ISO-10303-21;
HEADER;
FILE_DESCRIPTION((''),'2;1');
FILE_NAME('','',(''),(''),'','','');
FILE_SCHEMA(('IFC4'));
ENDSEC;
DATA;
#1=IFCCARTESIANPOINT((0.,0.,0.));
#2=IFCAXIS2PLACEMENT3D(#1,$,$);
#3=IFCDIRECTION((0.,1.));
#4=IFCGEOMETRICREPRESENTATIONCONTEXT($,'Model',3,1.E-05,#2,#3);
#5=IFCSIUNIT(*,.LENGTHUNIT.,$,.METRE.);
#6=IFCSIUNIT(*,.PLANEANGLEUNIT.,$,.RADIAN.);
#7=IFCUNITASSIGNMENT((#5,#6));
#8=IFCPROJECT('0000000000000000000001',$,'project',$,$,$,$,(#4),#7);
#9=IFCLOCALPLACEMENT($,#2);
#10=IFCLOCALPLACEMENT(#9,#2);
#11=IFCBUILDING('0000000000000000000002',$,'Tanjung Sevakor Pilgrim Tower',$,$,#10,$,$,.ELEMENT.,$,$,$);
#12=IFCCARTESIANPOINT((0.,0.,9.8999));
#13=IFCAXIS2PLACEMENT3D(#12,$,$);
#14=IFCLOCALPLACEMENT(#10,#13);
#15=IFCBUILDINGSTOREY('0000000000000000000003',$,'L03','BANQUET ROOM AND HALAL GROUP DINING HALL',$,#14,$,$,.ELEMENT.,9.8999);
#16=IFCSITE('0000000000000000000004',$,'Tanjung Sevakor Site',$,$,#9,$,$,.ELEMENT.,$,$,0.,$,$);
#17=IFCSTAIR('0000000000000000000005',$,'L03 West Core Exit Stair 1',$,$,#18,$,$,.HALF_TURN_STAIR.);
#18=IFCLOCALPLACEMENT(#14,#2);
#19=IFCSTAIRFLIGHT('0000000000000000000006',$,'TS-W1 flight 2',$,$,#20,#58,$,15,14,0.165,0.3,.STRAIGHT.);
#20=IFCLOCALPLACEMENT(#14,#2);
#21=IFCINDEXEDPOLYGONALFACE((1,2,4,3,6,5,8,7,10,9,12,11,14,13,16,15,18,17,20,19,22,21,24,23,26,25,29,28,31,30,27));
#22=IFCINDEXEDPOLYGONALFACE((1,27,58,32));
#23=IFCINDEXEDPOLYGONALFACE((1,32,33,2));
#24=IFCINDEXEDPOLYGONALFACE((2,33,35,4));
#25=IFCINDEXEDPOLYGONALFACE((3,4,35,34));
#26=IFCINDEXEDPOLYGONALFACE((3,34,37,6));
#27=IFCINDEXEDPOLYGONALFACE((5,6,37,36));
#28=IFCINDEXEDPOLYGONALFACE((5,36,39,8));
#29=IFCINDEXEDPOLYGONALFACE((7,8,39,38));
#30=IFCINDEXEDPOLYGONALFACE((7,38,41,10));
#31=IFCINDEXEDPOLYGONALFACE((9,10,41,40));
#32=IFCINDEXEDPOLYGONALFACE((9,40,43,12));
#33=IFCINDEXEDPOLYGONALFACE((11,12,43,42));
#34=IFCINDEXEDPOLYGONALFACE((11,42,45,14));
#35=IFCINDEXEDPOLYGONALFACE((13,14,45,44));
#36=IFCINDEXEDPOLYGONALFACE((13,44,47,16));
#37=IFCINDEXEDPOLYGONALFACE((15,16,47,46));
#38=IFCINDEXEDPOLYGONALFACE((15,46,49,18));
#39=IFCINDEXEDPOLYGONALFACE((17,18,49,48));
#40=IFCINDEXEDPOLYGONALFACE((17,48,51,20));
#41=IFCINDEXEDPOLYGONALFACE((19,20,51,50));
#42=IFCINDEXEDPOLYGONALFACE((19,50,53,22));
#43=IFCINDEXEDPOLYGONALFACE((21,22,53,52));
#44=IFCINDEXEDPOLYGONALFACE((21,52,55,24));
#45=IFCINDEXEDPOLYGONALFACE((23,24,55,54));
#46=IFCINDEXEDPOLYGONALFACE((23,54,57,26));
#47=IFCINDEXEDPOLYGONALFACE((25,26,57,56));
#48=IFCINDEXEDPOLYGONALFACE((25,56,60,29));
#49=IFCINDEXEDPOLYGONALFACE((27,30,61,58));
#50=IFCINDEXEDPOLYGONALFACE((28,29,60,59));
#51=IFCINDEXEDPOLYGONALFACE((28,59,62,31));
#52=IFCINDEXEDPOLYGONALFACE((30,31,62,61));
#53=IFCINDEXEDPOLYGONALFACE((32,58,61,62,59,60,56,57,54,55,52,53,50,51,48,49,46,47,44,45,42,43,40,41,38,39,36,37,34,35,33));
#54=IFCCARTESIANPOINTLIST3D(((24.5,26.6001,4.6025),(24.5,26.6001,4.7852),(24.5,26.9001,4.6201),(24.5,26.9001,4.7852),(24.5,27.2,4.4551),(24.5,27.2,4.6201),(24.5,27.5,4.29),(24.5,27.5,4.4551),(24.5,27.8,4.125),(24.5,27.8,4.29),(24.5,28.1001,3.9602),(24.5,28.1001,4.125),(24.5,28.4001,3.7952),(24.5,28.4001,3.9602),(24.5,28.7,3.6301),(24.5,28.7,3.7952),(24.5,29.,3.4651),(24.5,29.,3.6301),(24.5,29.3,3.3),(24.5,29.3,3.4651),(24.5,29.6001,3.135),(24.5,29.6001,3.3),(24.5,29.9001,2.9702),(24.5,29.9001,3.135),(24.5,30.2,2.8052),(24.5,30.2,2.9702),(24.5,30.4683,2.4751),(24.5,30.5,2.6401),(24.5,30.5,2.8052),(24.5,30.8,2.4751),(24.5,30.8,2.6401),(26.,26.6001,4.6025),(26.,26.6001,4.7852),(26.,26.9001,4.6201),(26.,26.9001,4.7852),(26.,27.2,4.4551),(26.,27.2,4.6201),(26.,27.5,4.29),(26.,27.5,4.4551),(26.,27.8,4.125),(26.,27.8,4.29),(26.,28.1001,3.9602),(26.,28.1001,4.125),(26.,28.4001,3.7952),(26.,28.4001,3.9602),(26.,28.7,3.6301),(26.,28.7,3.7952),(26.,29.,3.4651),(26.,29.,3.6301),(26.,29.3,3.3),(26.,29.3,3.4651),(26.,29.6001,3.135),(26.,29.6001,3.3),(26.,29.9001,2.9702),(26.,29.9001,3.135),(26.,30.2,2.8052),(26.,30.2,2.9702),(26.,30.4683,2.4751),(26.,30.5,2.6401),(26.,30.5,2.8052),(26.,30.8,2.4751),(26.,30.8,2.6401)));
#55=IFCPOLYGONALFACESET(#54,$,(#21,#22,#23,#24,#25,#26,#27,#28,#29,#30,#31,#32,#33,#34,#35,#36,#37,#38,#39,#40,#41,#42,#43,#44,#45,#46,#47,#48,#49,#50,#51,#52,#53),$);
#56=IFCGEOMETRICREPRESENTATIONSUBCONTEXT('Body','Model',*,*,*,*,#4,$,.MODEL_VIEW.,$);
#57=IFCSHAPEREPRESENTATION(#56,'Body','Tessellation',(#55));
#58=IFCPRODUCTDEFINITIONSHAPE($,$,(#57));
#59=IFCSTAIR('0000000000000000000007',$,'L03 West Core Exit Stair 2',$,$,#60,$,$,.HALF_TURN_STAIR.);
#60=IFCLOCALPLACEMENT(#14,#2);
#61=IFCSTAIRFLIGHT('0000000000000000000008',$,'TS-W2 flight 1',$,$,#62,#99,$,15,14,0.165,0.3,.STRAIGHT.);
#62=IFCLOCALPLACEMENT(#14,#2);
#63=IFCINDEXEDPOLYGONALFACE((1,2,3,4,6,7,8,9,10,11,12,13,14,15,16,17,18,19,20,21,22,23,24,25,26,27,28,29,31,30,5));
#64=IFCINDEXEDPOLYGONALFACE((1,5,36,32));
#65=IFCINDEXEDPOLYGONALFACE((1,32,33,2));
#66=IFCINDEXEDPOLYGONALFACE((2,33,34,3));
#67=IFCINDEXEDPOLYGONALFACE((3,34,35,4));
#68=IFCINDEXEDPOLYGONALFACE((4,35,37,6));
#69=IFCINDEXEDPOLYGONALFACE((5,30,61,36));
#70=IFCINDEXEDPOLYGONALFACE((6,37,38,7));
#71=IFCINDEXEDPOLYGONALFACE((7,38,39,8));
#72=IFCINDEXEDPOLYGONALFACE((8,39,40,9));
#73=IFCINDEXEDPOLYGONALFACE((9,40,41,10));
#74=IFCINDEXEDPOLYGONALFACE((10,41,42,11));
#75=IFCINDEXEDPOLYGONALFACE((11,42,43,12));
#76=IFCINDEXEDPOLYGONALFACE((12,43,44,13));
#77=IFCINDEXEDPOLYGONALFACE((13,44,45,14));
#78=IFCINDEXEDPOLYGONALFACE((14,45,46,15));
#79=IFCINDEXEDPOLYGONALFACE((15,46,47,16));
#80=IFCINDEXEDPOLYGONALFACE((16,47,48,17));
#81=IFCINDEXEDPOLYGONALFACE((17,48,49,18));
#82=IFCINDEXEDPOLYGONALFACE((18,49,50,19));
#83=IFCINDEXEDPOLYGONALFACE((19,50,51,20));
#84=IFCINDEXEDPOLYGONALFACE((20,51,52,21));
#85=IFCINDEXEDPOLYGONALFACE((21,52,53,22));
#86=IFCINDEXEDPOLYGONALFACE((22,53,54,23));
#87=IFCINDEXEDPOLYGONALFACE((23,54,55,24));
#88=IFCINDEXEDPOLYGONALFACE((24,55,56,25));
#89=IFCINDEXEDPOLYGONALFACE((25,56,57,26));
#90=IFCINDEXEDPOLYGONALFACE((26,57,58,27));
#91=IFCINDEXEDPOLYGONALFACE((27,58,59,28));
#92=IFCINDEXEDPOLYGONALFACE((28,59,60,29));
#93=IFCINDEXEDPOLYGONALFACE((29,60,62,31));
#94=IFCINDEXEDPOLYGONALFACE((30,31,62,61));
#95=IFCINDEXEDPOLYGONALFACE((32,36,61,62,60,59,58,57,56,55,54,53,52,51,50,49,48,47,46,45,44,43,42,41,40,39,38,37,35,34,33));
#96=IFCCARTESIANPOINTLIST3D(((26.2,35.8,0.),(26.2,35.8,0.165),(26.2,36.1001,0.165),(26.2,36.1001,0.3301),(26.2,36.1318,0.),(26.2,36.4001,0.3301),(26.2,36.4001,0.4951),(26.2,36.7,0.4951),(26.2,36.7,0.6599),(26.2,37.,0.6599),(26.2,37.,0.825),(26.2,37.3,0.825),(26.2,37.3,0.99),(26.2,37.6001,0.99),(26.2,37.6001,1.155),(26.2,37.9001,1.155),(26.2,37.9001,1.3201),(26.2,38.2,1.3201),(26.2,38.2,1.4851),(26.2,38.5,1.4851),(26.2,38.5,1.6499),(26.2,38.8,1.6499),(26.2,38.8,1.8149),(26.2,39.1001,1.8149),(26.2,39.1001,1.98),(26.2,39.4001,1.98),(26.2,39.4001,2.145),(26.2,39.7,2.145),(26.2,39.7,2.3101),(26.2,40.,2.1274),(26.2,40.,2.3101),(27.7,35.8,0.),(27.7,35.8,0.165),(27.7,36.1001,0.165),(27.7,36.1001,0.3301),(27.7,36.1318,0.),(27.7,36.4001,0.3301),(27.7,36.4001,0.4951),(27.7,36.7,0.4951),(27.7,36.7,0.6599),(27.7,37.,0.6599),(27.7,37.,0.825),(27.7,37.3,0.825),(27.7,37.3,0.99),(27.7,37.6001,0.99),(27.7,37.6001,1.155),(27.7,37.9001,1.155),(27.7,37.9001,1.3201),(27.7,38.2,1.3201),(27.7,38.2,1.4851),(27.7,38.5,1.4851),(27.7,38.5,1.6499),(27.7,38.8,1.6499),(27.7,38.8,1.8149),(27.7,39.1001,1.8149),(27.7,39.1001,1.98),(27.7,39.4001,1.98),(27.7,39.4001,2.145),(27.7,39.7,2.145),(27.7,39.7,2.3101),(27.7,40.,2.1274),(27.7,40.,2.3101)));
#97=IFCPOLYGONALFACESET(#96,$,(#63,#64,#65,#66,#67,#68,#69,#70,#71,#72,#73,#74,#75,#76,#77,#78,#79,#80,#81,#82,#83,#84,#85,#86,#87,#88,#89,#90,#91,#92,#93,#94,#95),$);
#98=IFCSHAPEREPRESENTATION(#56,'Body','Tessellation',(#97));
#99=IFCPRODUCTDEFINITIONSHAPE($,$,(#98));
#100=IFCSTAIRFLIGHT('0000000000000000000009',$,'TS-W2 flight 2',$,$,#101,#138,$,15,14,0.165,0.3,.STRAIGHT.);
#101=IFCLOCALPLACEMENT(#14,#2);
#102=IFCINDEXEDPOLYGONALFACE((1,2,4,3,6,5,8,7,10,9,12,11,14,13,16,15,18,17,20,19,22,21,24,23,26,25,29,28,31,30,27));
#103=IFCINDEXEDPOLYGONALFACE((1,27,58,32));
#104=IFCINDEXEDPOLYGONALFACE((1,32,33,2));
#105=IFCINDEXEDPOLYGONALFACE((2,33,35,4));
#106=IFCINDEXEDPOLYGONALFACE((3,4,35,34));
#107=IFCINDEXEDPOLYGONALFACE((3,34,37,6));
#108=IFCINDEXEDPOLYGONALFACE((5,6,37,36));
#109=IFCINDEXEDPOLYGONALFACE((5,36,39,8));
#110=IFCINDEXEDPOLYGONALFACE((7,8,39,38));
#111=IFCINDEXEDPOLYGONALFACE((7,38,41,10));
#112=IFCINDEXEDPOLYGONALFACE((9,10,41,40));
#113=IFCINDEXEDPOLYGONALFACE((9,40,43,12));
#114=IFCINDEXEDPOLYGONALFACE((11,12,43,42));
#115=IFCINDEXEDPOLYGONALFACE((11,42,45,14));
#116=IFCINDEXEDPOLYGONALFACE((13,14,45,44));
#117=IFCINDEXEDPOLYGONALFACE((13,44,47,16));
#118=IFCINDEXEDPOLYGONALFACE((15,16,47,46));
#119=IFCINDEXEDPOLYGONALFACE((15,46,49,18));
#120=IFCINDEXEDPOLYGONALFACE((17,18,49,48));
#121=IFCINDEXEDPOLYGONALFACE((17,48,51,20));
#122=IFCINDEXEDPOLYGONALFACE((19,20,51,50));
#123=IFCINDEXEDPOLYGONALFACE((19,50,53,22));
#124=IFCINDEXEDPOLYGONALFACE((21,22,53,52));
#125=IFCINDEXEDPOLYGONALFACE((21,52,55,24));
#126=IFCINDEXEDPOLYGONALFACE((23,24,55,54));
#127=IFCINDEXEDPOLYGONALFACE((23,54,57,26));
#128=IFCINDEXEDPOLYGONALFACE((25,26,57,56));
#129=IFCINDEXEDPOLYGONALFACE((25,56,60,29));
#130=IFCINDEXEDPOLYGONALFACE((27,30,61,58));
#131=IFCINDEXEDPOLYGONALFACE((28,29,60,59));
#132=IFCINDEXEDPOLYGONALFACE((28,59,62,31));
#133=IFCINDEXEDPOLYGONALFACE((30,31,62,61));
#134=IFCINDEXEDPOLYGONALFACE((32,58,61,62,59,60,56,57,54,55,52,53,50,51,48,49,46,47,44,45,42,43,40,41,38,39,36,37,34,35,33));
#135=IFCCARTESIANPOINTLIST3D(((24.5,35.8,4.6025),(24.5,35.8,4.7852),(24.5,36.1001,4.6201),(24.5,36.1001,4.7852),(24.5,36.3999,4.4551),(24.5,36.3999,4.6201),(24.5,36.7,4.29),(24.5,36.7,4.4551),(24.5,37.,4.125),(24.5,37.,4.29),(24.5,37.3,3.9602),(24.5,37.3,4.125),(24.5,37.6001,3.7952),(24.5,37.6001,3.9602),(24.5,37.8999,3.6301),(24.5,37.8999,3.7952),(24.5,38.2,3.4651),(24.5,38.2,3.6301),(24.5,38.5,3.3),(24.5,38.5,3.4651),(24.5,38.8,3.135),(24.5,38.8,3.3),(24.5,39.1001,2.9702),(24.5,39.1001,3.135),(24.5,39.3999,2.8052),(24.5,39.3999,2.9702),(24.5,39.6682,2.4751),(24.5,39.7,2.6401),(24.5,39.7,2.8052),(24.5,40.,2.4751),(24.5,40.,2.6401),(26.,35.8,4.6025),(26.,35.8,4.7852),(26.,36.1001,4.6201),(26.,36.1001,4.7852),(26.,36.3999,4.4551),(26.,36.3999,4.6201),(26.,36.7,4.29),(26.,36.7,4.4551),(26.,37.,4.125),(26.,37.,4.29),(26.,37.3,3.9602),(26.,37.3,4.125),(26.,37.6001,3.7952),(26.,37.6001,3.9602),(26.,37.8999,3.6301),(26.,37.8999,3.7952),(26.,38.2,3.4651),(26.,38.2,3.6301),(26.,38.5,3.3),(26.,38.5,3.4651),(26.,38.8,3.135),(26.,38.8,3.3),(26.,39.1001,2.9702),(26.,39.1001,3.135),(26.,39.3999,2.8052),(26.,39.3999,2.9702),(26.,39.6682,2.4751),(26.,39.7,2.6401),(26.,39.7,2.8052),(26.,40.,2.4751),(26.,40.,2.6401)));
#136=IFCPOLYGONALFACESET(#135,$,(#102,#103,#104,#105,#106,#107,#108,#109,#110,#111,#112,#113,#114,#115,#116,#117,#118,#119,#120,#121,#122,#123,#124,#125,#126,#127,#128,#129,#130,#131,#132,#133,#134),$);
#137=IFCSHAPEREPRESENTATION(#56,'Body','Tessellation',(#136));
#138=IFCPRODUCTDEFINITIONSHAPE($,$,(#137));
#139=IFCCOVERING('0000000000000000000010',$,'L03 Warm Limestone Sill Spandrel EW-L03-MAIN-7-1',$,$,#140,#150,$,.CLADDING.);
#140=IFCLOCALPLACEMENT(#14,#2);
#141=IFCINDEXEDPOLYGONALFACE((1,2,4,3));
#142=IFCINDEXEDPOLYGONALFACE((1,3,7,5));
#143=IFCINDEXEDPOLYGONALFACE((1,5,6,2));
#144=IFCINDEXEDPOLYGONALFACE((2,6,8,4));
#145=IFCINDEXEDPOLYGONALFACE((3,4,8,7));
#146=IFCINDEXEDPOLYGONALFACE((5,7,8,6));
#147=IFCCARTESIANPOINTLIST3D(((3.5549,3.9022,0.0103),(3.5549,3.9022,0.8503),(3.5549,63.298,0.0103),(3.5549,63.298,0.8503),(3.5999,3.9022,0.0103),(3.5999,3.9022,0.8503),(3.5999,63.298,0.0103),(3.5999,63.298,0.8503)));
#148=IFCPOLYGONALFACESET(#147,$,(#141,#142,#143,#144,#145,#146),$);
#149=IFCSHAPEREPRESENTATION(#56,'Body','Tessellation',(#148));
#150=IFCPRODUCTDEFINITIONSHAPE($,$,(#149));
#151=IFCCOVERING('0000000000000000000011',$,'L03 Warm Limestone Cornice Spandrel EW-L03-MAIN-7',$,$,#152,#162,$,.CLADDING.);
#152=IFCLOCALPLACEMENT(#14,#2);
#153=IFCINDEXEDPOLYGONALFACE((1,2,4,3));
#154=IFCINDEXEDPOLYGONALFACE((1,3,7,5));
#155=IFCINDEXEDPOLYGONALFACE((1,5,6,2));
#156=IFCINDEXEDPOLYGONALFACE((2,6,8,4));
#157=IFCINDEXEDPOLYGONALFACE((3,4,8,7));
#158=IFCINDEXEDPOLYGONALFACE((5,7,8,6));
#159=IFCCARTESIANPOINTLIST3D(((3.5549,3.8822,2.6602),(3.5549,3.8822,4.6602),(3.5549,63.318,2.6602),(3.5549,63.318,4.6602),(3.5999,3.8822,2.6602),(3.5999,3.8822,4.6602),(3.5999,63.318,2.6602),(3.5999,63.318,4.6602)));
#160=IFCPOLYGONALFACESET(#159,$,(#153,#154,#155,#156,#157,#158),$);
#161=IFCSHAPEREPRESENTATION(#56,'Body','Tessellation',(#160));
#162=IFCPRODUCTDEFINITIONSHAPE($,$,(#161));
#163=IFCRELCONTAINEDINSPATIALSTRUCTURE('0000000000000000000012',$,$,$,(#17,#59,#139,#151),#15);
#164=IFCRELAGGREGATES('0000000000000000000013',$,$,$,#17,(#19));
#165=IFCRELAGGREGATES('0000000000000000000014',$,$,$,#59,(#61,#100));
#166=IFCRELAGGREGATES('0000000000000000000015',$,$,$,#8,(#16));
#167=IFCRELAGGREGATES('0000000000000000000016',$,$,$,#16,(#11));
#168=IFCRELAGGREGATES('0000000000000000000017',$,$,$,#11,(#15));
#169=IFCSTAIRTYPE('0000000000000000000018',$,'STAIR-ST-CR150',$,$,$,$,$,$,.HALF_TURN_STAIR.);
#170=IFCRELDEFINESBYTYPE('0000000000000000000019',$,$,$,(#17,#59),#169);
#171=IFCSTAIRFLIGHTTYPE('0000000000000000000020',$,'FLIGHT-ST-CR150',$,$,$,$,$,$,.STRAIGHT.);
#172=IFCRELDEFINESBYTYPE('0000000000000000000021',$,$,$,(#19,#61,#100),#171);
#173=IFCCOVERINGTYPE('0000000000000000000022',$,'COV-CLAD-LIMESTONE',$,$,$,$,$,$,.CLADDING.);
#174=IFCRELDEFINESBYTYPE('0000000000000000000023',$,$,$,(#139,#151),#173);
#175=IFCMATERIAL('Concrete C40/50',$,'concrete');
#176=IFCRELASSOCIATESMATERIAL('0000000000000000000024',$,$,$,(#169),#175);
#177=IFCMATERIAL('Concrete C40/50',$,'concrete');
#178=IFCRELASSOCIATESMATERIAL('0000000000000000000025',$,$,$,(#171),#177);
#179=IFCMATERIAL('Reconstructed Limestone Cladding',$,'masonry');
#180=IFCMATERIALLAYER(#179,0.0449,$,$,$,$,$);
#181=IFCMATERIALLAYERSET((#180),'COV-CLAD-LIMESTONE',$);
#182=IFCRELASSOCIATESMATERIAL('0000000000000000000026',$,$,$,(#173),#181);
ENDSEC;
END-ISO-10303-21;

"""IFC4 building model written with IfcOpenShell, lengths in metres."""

from ifc_helpers import new_model, si_unit, direction, frame, origin, origin_2d, place, context, subcontext, project, spatial, polyline, rectangle, outline, extrude, material, layer, layer_set, type_object, element, aggregate, save


model = new_model("IFC4")

# Units and contexts
model_context = context("Model", 3, precision=1e-05, world=origin(), true_north=direction((0.0, 1.0)))
body_context = subcontext(model_context, "Body", "Model", "MODEL_VIEW")
ifc_project = project(units=[si_unit("LENGTHUNIT", "METRE"), si_unit("PLANEANGLEUNIT", "RADIAN")], contexts=[model_context])

# Site, building, storey
site_placement = place(None, origin())
site = spatial("IfcSite", under=ifc_project, at=site_placement, Name="Tanjung Sevakor Site", CompositionType="ELEMENT", RefElevation=0.0)
building_placement = place(site_placement, origin())
building = spatial("IfcBuilding", under=site, at=building_placement, Name="Tanjung Sevakor Pilgrim Tower", CompositionType="ELEMENT")
storey_placement = place(building_placement, frame((0.0, 0.0, 9.8999)))
storey = spatial("IfcBuildingStorey", under=building, at=storey_placement, Name="L03", Description="BANQUET ROOM AND HALAL GROUP DINING HALL", CompositionType="ELEMENT", Elevation=9.8999)

# Stairs, stair flights
ifc_material_1 = material(Name="Concrete C40/50", Category="concrete")
stair_type = type_object("IfcStairType", Name="STAIR-ST-CR150", PredefinedType="HALF_TURN_STAIR", material=ifc_material_1)
stair_1_placement = place(storey_placement, origin())
stair_1 = element("IfcStair", 1, at=stair_1_placement, inside=storey, type_object=stair_type, Name="L03 West Core Exit Stair 1", PredefinedType="HALF_TURN_STAIR")
ifc_material_2 = material(Name="Concrete C40/50", Category="concrete")
stair_flight_type = type_object("IfcStairFlightType", Name="FLIGHT-ST-CR150", PredefinedType="STRAIGHT", material=ifc_material_2)
stair_flight_1_placement = place(storey_placement, frame((25.25, 30.8, 2.4751), z_axis=(0.0, 0.0, 1.0), x_axis=(0.0, -1.0, 0.0)))
stair_flight_1 = element("IfcStairFlight", 2, at=stair_flight_1_placement, type_object=stair_flight_type, Name="TS-W1 flight 2", NumberOfRisers=15, NumberOfTreads=14, PredefinedType="STRAIGHT", RiserHeight=0.165, TreadLength=0.3, context=body_context, shape_type="SweptSolid", body=[
    extrude(outline(polyline([(0.0, 0.0), (0.0, 0.165), (0.3, 0.165), (0.3, 0.3301), (0.6001, 0.3301), (0.6001, 0.4951), (0.8999, 0.4951), (0.8999, 0.6599), (1.2, 0.6599), (1.2, 0.825), (1.5, 0.825), (1.5, 0.99), (1.8, 0.99), (1.8, 1.155), (2.1001, 1.155), (2.1001, 1.3201), (2.3999, 1.3201), (2.3999, 1.4851), (2.7, 1.4851), (2.7, 1.6499), (3.0, 1.6499), (3.0, 1.8149), (3.3, 1.8149), (3.3, 1.98), (3.6001, 1.98), (3.6001, 2.145), (3.8999, 2.145), (3.8999, 2.3101), (4.2, 2.3101), (4.2, 2.4751), (4.2, 2.1274), (0.3318, 0.0), (0.0, 0.0)])), frame((0.0, 0.75, 0.0), z_axis=(0.0, -1.0, 0.0), x_axis=(1.0, 0.0, 0.0)), (0.0, 0.0, 1.0), 1.5),
])
aggregate(stair_1, [stair_flight_1])
stair_2_placement = place(storey_placement, origin())
stair_2 = element("IfcStair", 3, at=stair_2_placement, inside=storey, type_object=stair_type, Name="L03 West Core Exit Stair 2", PredefinedType="HALF_TURN_STAIR")
stair_flight_2_placement = place(storey_placement, frame((26.95, 35.8, 0.0), z_axis=(0.0, 0.0, 1.0), x_axis=(0.0, 1.0, 0.0)))
stair_flight_2 = element("IfcStairFlight", 4, at=stair_flight_2_placement, type_object=stair_flight_type, Name="TS-W2 flight 1", NumberOfRisers=15, NumberOfTreads=14, PredefinedType="STRAIGHT", RiserHeight=0.165, TreadLength=0.3, context=body_context, shape_type="SweptSolid", body=[
    extrude(outline(polyline([(0.0, 0.0), (0.0, 0.165), (0.3, 0.165), (0.3, 0.3301), (0.6001, 0.3301), (0.6001, 0.4951), (0.8999, 0.4951), (0.8999, 0.6599), (1.2, 0.6599), (1.2, 0.825), (1.5, 0.825), (1.5, 0.99), (1.8, 0.99), (1.8, 1.155), (2.1001, 1.155), (2.1001, 1.3201), (2.3999, 1.3201), (2.3999, 1.4851), (2.7, 1.4851), (2.7, 1.6499), (3.0, 1.6499), (3.0, 1.8149), (3.3, 1.8149), (3.3, 1.98), (3.6001, 1.98), (3.6001, 2.145), (3.8999, 2.145), (3.8999, 2.3101), (4.2, 2.3101), (4.2, 2.4751), (4.2, 2.1274), (0.3318, 0.0), (0.0, 0.0)])), frame((0.0, 0.75, 0.0), z_axis=(0.0, -1.0, 0.0), x_axis=(1.0, 0.0, 0.0)), (0.0, 0.0, 1.0), 1.5),
])
stair_flight_3_placement = place(storey_placement, frame((25.25, 40.0, 2.4751), z_axis=(0.0, 0.0, 1.0), x_axis=(0.0, -1.0, 0.0)))
stair_flight_3 = element("IfcStairFlight", 5, at=stair_flight_3_placement, type_object=stair_flight_type, Name="TS-W2 flight 2", NumberOfRisers=15, NumberOfTreads=14, PredefinedType="STRAIGHT", RiserHeight=0.165, TreadLength=0.3, context=body_context, shape_type="SweptSolid", body=[
    extrude(outline(polyline([(0.0, 0.0), (0.0, 0.165), (0.3, 0.165), (0.3, 0.3301), (0.6001, 0.3301), (0.6001, 0.4951), (0.8999, 0.4951), (0.8999, 0.6599), (1.2, 0.6599), (1.2, 0.825), (1.5, 0.825), (1.5, 0.99), (1.8, 0.99), (1.8, 1.155), (2.1001, 1.155), (2.1001, 1.3201), (2.3999, 1.3201), (2.3999, 1.4851), (2.7, 1.4851), (2.7, 1.6499), (3.0, 1.6499), (3.0, 1.8149), (3.3, 1.8149), (3.3, 1.98), (3.6001, 1.98), (3.6001, 2.145), (3.8999, 2.145), (3.8999, 2.3101), (4.2, 2.3101), (4.2, 2.4751), (4.2, 2.1274), (0.3318, 0.0), (0.0, 0.0)])), frame((0.0, 0.75, 0.0), z_axis=(0.0, -1.0, 0.0), x_axis=(1.0, 0.0, 0.0)), (0.0, 0.0, 1.0), 1.5),
])
aggregate(stair_2, [stair_flight_2, stair_flight_3])

# Coverings
ifc_material_3 = material(Name="Reconstructed Limestone Cladding", Category="masonry")
ifc_layer_1 = layer(ifc_material_3, 0.0449)
ifc_layer_set_1 = layer_set([ifc_layer_1], Name="COV-CLAD-LIMESTONE")
covering_type = type_object("IfcCoveringType", Name="COV-CLAD-LIMESTONE", PredefinedType="CLADDING", material=ifc_layer_set_1)
covering_1_placement = place(storey_placement, frame((3.5774, 33.6001, 0.0103), z_axis=(0.0, 0.0, 1.0), x_axis=(0.0, -1.0, 0.0)))
element("IfcCovering", 6, at=covering_1_placement, inside=storey, type_object=covering_type, Name="L03 Warm Limestone Sill Spandrel EW-L03-MAIN-7-1", PredefinedType="CLADDING", context=body_context, shape_type="SweptSolid", body=[
    extrude(rectangle(XDim=59.3958, YDim=0.0449, at=origin_2d()), origin(), (0.0, 0.0, 1.0), 0.8401),
])
covering_2_placement = place(storey_placement, frame((3.5774, 33.6001, 2.6602), z_axis=(0.0, 0.0, 1.0), x_axis=(0.0, -1.0, 0.0)))
element("IfcCovering", 7, at=covering_2_placement, inside=storey, type_object=covering_type, Name="L03 Warm Limestone Cornice Spandrel EW-L03-MAIN-7", PredefinedType="CLADDING", context=body_context, shape_type="SweptSolid", body=[
    extrude(rectangle(XDim=59.4358, YDim=0.0449, at=origin_2d()), origin(), (0.0, 0.0, 1.0), 2.0),
])

save(model, "model.ifc")
